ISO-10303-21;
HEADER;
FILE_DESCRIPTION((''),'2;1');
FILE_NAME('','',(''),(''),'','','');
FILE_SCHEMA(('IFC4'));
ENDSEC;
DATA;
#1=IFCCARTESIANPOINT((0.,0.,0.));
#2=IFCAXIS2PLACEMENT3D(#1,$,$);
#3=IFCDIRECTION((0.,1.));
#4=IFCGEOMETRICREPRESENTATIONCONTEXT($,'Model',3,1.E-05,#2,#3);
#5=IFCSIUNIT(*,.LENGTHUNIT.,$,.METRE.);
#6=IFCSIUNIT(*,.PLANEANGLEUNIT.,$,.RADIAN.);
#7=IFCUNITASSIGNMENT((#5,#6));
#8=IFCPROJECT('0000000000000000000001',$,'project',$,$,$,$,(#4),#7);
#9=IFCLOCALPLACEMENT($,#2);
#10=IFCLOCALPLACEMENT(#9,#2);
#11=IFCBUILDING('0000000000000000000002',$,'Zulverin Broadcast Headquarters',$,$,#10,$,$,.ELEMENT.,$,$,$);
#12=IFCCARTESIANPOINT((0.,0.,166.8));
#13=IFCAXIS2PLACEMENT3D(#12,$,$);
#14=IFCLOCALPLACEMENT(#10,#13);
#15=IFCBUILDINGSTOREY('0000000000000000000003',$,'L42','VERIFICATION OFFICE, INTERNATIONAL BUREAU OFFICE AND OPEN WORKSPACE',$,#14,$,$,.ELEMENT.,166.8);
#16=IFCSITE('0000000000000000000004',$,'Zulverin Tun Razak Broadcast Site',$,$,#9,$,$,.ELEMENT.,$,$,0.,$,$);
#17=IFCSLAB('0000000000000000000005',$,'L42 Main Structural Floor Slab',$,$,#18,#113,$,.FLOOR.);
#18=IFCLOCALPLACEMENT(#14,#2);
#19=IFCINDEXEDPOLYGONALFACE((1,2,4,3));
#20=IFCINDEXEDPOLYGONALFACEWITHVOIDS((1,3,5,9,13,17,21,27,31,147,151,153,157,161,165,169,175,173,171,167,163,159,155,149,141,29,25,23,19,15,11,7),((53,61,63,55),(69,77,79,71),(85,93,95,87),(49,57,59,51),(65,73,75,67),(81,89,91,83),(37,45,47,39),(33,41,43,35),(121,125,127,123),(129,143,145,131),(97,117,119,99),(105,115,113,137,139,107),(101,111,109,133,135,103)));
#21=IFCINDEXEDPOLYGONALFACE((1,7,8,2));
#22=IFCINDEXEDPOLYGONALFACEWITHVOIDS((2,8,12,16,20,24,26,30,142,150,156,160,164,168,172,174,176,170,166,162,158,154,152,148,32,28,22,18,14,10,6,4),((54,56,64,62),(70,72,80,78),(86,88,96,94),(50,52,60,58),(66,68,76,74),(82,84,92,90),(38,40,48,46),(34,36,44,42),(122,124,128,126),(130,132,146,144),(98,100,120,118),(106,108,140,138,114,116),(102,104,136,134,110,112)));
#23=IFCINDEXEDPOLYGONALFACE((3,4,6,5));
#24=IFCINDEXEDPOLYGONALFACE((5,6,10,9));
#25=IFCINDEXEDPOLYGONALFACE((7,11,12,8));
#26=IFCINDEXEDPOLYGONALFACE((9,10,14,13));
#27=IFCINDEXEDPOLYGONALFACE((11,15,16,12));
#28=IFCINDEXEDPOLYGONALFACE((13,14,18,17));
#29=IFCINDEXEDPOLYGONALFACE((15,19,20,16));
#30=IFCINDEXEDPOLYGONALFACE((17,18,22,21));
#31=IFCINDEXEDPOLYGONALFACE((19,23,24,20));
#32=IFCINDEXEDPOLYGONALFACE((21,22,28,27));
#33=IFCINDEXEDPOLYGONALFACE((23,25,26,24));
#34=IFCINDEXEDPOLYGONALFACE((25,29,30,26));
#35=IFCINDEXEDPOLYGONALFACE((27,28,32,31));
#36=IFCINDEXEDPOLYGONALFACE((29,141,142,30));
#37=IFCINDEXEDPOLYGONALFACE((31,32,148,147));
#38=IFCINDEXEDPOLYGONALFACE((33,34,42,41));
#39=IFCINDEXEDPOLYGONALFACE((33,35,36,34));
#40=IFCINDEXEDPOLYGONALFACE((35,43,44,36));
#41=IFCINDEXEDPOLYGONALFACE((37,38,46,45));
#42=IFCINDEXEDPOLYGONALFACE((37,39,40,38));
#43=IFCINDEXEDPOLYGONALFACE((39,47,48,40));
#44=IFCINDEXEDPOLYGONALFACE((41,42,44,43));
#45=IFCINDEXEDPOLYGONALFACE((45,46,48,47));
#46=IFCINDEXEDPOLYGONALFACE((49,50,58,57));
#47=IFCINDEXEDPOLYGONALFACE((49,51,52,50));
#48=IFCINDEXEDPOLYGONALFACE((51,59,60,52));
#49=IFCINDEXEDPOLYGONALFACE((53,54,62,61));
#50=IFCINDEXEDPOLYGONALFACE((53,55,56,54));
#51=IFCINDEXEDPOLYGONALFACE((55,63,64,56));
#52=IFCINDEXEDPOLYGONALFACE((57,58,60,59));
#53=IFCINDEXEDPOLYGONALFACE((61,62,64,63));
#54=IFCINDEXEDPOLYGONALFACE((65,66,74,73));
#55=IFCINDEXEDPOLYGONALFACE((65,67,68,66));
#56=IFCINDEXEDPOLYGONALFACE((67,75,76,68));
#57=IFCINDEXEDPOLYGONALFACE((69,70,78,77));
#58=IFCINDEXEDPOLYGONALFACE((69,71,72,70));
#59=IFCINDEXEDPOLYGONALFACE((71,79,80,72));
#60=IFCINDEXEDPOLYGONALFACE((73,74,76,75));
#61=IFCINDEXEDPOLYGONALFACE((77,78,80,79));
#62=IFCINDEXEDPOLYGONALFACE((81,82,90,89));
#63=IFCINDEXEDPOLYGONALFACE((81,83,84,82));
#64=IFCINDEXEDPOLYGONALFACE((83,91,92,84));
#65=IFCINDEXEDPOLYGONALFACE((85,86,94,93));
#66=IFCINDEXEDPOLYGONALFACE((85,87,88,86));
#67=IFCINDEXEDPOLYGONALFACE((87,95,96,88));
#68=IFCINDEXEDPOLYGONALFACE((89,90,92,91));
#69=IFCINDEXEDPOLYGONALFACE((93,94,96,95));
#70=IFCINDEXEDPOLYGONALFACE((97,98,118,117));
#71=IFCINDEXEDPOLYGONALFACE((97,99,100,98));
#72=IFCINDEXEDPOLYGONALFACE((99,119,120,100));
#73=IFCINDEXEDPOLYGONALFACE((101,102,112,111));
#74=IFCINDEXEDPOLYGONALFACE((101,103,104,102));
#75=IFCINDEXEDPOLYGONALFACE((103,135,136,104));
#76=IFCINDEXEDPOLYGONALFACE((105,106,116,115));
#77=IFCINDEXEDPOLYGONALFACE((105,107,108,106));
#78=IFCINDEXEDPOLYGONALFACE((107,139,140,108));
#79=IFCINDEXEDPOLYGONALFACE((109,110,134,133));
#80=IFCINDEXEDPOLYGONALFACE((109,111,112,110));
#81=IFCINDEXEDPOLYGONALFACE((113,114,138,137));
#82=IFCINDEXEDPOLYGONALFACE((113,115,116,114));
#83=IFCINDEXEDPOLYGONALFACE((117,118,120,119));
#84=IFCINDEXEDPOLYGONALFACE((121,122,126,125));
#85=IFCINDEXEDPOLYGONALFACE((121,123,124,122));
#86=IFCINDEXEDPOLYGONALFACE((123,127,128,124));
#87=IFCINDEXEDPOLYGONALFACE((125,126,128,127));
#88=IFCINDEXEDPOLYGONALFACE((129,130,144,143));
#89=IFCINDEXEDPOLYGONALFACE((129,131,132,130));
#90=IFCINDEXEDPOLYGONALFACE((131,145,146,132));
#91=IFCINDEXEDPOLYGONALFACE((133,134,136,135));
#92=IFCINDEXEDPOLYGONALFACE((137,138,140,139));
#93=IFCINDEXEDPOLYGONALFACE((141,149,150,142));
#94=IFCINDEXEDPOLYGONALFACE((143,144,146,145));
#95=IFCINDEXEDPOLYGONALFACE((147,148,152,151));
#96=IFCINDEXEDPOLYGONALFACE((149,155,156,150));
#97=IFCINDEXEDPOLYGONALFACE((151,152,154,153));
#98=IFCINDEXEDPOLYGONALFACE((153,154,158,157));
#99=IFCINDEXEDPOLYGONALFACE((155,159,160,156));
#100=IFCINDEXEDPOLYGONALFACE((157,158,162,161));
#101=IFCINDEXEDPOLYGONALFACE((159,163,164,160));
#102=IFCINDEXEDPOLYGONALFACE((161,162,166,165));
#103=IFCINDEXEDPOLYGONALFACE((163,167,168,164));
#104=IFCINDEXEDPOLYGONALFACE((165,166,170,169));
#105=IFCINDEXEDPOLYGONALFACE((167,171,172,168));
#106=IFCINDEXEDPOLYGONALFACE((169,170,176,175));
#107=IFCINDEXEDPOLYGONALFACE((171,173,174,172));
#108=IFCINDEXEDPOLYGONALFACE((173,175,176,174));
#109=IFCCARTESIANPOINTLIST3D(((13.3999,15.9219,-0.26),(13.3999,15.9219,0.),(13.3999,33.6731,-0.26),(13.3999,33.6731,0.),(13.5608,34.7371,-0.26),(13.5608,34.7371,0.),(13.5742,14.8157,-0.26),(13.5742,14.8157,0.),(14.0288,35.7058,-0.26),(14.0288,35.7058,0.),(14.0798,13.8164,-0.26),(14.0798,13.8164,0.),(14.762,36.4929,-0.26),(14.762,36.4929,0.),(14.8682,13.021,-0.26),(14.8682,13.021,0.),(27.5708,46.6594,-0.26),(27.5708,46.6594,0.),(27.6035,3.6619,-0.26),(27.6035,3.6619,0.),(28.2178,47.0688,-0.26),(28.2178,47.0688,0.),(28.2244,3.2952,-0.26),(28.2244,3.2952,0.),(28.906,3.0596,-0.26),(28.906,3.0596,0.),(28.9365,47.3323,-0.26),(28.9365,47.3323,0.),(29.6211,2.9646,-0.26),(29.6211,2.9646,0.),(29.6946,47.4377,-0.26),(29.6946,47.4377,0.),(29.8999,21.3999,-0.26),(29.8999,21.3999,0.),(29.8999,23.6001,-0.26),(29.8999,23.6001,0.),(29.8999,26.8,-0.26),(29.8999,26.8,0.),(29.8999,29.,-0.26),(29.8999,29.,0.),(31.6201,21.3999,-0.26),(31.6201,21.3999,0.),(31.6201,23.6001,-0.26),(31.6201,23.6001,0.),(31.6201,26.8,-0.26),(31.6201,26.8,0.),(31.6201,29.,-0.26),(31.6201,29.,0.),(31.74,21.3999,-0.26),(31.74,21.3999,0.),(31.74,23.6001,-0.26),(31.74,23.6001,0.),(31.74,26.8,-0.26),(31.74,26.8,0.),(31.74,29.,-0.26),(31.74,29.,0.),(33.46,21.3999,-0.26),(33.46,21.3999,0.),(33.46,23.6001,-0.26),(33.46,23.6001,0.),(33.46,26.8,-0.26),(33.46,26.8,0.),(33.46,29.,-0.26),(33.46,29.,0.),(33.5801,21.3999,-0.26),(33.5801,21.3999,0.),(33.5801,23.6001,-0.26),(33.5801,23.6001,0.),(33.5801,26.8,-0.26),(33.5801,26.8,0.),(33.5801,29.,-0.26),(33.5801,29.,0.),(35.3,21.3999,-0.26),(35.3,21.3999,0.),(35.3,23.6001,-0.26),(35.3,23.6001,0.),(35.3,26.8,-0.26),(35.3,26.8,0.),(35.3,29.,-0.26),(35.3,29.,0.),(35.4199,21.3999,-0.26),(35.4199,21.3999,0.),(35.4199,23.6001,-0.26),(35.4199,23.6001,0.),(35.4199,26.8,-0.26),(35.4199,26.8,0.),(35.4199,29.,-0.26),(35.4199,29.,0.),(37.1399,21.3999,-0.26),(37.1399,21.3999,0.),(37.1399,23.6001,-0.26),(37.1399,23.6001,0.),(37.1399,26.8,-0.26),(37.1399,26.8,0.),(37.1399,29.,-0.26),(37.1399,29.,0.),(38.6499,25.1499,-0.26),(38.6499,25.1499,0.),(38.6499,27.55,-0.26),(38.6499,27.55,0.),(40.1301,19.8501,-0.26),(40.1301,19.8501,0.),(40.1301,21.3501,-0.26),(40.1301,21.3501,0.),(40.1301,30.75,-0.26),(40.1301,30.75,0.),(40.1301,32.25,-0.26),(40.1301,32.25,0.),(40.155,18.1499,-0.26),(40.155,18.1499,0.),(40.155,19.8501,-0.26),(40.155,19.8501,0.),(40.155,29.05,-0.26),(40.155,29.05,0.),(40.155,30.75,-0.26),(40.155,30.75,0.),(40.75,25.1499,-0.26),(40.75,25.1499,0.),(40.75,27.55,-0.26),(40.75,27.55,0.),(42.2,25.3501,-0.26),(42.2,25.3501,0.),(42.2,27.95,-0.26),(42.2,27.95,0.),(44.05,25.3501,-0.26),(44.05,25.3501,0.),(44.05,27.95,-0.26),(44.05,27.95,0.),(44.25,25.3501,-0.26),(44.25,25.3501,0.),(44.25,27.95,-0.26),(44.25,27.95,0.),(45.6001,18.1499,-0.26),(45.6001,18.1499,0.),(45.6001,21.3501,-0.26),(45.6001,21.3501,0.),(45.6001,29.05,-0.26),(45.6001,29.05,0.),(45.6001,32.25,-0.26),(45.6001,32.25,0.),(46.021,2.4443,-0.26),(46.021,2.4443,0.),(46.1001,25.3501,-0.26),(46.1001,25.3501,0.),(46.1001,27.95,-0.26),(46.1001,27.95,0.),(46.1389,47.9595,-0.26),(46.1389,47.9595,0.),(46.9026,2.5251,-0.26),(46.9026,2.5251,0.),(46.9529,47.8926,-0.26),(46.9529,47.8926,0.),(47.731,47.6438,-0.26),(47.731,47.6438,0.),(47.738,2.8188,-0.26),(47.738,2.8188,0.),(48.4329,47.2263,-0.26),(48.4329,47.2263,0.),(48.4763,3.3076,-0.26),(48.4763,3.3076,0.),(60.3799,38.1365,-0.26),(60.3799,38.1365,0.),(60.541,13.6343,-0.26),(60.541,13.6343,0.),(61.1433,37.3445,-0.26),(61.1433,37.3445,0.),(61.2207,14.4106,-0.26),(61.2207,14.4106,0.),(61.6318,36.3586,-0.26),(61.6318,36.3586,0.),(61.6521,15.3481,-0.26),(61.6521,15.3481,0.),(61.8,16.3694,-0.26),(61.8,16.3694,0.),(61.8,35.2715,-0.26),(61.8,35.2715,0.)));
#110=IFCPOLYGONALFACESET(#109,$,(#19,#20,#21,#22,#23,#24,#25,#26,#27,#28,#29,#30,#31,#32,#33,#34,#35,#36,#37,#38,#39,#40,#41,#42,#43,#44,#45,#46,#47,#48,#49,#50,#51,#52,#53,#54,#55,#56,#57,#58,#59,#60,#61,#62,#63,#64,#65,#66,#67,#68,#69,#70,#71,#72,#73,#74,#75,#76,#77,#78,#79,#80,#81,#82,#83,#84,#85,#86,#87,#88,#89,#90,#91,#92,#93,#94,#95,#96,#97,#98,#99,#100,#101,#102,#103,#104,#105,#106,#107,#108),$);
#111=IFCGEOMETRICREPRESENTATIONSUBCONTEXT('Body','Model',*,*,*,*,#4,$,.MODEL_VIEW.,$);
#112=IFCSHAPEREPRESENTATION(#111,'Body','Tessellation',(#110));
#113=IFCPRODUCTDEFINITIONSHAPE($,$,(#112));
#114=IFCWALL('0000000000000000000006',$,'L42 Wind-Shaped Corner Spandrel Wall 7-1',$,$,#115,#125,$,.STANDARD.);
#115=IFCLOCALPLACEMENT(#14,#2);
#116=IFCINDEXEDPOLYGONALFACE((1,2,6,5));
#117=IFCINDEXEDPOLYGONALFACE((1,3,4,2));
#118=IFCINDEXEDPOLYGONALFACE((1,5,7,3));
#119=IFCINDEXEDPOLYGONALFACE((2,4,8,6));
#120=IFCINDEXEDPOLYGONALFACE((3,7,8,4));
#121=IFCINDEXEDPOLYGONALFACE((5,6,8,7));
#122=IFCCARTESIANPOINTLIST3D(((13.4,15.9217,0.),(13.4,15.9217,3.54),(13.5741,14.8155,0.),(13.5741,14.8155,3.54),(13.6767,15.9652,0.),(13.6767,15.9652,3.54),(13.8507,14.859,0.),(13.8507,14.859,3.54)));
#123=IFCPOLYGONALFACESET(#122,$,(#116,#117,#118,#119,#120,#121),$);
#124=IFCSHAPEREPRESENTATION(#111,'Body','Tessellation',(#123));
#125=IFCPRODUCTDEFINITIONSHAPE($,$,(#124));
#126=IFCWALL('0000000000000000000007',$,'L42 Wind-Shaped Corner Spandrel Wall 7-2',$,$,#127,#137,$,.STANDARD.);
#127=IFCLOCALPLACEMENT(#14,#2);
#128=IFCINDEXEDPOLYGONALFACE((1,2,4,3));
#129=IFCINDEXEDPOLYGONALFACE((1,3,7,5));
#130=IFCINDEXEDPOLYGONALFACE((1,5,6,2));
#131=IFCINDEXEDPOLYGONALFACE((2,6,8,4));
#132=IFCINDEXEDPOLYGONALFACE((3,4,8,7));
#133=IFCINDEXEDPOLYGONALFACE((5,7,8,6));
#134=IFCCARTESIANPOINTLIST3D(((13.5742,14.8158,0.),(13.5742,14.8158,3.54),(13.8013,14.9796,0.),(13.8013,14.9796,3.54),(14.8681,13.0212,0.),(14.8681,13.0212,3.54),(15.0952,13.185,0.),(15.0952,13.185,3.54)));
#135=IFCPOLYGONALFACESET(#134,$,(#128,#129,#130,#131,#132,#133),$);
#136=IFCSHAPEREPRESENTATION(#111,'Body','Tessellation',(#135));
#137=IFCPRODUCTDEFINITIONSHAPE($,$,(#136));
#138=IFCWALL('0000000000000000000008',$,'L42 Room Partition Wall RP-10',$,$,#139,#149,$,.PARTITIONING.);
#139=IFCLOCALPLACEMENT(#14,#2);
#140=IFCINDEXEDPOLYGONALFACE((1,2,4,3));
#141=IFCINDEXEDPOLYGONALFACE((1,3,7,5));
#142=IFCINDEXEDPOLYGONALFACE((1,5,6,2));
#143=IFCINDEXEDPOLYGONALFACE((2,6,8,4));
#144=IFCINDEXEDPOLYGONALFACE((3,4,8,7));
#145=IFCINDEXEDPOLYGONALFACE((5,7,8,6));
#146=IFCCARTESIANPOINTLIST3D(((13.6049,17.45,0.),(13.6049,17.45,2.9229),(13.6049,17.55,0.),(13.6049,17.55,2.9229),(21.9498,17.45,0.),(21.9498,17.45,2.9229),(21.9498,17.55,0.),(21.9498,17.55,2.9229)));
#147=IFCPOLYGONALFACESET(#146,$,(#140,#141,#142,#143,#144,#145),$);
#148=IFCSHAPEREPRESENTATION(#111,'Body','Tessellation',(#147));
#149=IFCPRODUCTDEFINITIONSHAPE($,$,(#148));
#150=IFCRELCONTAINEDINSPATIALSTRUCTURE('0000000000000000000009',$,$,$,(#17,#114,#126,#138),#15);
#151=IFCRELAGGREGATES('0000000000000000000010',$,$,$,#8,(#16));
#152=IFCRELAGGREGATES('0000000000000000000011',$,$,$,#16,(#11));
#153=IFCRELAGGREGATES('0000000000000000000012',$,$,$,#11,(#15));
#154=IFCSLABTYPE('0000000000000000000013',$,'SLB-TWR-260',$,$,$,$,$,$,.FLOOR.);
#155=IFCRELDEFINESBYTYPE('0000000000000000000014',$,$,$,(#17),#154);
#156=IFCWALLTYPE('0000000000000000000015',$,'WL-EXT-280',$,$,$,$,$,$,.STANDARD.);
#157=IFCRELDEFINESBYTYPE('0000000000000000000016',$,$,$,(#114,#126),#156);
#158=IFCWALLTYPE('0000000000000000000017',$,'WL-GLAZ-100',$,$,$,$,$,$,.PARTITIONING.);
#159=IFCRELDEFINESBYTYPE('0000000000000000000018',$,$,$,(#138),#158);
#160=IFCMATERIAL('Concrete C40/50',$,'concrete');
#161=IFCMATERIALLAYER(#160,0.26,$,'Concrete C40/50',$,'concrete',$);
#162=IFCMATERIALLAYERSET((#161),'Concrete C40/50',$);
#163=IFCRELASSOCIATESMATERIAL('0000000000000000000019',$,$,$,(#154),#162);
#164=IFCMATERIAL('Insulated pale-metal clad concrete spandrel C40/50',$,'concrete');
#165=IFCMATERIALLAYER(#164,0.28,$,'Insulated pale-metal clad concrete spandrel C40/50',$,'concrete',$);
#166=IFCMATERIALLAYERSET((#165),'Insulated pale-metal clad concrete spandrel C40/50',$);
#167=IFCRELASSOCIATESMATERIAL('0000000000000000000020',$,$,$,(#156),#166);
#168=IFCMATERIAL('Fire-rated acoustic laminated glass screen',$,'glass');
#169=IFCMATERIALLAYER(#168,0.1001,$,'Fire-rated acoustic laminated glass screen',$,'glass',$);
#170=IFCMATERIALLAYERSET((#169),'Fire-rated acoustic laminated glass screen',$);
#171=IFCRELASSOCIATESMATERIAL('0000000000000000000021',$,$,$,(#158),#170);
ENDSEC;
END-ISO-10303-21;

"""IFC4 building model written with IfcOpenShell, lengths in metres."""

from ifc_helpers import new_model, si_unit, direction, frame, frame_2d, origin, place, context, subcontext, project, spatial, polyline, rectangle, outline, extrude, material, layer, layer_set, type_object, element, save


model = new_model("IFC4")

# Units and contexts
model_context = context("Model", 3, precision=1e-05, world=origin(), true_north=direction((0.0, 1.0)))
body_context = subcontext(model_context, "Body", "Model", "MODEL_VIEW")
ifc_project = project(units=[si_unit("LENGTHUNIT", "METRE"), si_unit("PLANEANGLEUNIT", "RADIAN")], contexts=[model_context])

# Site, building, storey
site_placement = place(None, origin())
site = spatial("IfcSite", under=ifc_project, at=site_placement, Name="Zulverin Tun Razak Broadcast Site", CompositionType="ELEMENT", RefElevation=0.0)
building_placement = place(site_placement, origin())
building = spatial("IfcBuilding", under=site, at=building_placement, Name="Zulverin Broadcast Headquarters", CompositionType="ELEMENT")
storey_placement = place(building_placement, frame((0.0, 0.0, 166.8)))
storey = spatial("IfcBuildingStorey", under=building, at=storey_placement, Name="L42", Description="VERIFICATION OFFICE, INTERNATIONAL BUREAU OFFICE AND OPEN WORKSPACE", CompositionType="ELEMENT", Elevation=166.8)

# Shared definitions
ifc_material_1 = material(Name="Concrete C40/50", Category="concrete")

# Slab
ifc_layer_1 = layer(ifc_material_1, 0.26, Name="Concrete C40/50", Category="concrete")
ifc_layer_set_1 = layer_set([ifc_layer_1], Name="Concrete C40/50")
slab_type_1 = type_object("IfcSlabType", Name="SLB-TWR-260", PredefinedType="FLOOR", material=ifc_layer_set_1)
slab_1_placement = place(storey_placement, frame((0.0, 0.0, -0.26)))
element("IfcSlab", 1, at=slab_1_placement, inside=storey, type_object=slab_type_1, Name="L42 Main Structural Floor Slab", PredefinedType="FLOOR", context=body_context, shape_type="SweptSolid", body=[
    extrude(outline(polyline([(27.6035, 3.6619), (28.2244, 3.2952), (28.906, 3.0596), (29.6211, 2.9646), (46.021, 2.4443), (46.9026, 2.5251), (47.738, 2.8188), (48.4763, 3.3076), (60.541, 13.6343), (61.2207, 14.4106), (61.6521, 15.3481), (61.8, 16.3694), (61.8, 35.2715), (61.6318, 36.3586), (61.1433, 37.3445), (60.3799, 38.1365), (48.4329, 47.2263), (47.731, 47.6438), (46.9529, 47.8926), (46.1389, 47.9595), (29.6946, 47.4377), (28.9365, 47.3323), (28.2178, 47.0688), (27.5708, 46.6594), (14.762, 36.4929), (14.0288, 35.7058), (13.5608, 34.7371), (13.3999, 33.6731), (13.3999, 15.9219), (13.5742, 14.8157), (14.0798, 13.8164), (14.8682, 13.021), (27.6035, 3.6619)]), holes=[polyline([(40.155, 30.75), (40.1301, 30.75), (40.1301, 32.25), (45.6001, 32.25), (45.6001, 29.05), (40.155, 29.05), (40.155, 30.75)]), polyline([(40.155, 19.8501), (40.1301, 19.8501), (40.1301, 21.3501), (45.6001, 21.3501), (45.6001, 18.1499), (40.155, 18.1499), (40.155, 19.8501)]), polyline([(29.8999, 21.3999), (31.6201, 21.3999), (31.6201, 23.6001), (29.8999, 23.6001), (29.8999, 21.3999)]), polyline([(31.74, 21.3999), (33.46, 21.3999), (33.46, 23.6001), (31.74, 23.6001), (31.74, 21.3999)]), polyline([(33.5801, 21.3999), (35.3, 21.3999), (35.3, 23.6001), (33.5801, 23.6001), (33.5801, 21.3999)]), polyline([(35.4199, 21.3999), (37.1399, 21.3999), (37.1399, 23.6001), (35.4199, 23.6001), (35.4199, 21.3999)]), polyline([(29.8999, 26.8), (31.6201, 26.8), (31.6201, 29.0), (29.8999, 29.0), (29.8999, 26.8)]), polyline([(31.74, 26.8), (33.46, 26.8), (33.46, 29.0), (31.74, 29.0), (31.74, 26.8)]), polyline([(33.5801, 26.8), (35.3, 26.8), (35.3, 29.0), (33.5801, 29.0), (33.5801, 26.8)]), polyline([(35.4199, 26.8), (37.1399, 26.8), (37.1399, 29.0), (35.4199, 29.0), (35.4199, 26.8)]), polyline([(42.2, 25.3501), (44.05, 25.3501), (44.05, 27.95), (42.2, 27.95), (42.2, 25.3501)]), polyline([(44.25, 25.3501), (46.1001, 25.3501), (46.1001, 27.95), (44.25, 27.95), (44.25, 25.3501)]), polyline([(38.6499, 25.1499), (40.75, 25.1499), (40.75, 27.55), (38.6499, 27.55), (38.6499, 25.1499)])]), origin(), (0.0, 0.0, 1.0), 0.26),
])

# Walls
ifc_material_2 = material(Name="Insulated pale-metal clad concrete spandrel C40/50", Category="concrete")
ifc_layer_2 = layer(ifc_material_2, 0.28, Name="Insulated pale-metal clad concrete spandrel C40/50", Category="concrete")
ifc_layer_set_2 = layer_set([ifc_layer_2], Name="Insulated pale-metal clad concrete spandrel C40/50")
wall_type_1 = type_object("IfcWallType", Name="WL-EXT-280", PredefinedType="STANDARD", material=ifc_layer_set_2)
wall_1_placement = place(storey_placement, frame((13.5383, 15.9436, 0.0), z_axis=(0.0, 0.0, 1.0), x_axis=(0.155448, -0.987844, 0.0)))
element("IfcWall", 2, at=wall_1_placement, inside=storey, type_object=wall_type_1, Name="L42 Wind-Shaped Corner Spandrel Wall 7-1", PredefinedType="STANDARD", context=body_context, shape_type="SweptSolid", body=[
    extrude(rectangle(XDim=1.1199, YDim=0.28, at=frame_2d((0.5601, 0.0))), origin(), (0.0, 0.0, 1.0), 3.54),
])
wall_2_placement = place(storey_placement, frame((13.6877, 14.8977, 0.0), z_axis=(0.0, 0.0, 1.0), x_axis=(0.584834, -0.811153, 0.0)))
element("IfcWall", 3, at=wall_2_placement, inside=storey, type_object=wall_type_1, Name="L42 Wind-Shaped Corner Spandrel Wall 7-2", PredefinedType="STANDARD", context=body_context, shape_type="SweptSolid", body=[
    extrude(rectangle(XDim=2.2124, YDim=0.28, at=frame_2d((1.1062, 0.0))), origin(), (0.0, 0.0, 1.0), 3.54),
])
ifc_material_3 = material(Name="Fire-rated acoustic laminated glass screen", Category="glass")
ifc_layer_3 = layer(ifc_material_3, 0.1001, Name="Fire-rated acoustic laminated glass screen", Category="glass")
ifc_layer_set_3 = layer_set([ifc_layer_3], Name="Fire-rated acoustic laminated glass screen")
wall_type_2 = type_object("IfcWallType", Name="WL-GLAZ-100", PredefinedType="PARTITIONING", material=ifc_layer_set_3)
wall_3_placement = place(storey_placement, frame((13.605, 17.5, 0.0), z_axis=(0.0, 0.0, 1.0), x_axis=(1.0, 0.0, 0.0)))
element("IfcWall", 4, at=wall_3_placement, inside=storey, type_object=wall_type_2, Name="L42 Room Partition Wall RP-10", PredefinedType="PARTITIONING", context=body_context, shape_type="SweptSolid", body=[
    extrude(rectangle(XDim=8.345, YDim=0.1001, at=frame_2d((4.1724, 0.0))), origin(), (0.0, 0.0, 1.0), 2.9229),
])

save(model, "model.ifc")
